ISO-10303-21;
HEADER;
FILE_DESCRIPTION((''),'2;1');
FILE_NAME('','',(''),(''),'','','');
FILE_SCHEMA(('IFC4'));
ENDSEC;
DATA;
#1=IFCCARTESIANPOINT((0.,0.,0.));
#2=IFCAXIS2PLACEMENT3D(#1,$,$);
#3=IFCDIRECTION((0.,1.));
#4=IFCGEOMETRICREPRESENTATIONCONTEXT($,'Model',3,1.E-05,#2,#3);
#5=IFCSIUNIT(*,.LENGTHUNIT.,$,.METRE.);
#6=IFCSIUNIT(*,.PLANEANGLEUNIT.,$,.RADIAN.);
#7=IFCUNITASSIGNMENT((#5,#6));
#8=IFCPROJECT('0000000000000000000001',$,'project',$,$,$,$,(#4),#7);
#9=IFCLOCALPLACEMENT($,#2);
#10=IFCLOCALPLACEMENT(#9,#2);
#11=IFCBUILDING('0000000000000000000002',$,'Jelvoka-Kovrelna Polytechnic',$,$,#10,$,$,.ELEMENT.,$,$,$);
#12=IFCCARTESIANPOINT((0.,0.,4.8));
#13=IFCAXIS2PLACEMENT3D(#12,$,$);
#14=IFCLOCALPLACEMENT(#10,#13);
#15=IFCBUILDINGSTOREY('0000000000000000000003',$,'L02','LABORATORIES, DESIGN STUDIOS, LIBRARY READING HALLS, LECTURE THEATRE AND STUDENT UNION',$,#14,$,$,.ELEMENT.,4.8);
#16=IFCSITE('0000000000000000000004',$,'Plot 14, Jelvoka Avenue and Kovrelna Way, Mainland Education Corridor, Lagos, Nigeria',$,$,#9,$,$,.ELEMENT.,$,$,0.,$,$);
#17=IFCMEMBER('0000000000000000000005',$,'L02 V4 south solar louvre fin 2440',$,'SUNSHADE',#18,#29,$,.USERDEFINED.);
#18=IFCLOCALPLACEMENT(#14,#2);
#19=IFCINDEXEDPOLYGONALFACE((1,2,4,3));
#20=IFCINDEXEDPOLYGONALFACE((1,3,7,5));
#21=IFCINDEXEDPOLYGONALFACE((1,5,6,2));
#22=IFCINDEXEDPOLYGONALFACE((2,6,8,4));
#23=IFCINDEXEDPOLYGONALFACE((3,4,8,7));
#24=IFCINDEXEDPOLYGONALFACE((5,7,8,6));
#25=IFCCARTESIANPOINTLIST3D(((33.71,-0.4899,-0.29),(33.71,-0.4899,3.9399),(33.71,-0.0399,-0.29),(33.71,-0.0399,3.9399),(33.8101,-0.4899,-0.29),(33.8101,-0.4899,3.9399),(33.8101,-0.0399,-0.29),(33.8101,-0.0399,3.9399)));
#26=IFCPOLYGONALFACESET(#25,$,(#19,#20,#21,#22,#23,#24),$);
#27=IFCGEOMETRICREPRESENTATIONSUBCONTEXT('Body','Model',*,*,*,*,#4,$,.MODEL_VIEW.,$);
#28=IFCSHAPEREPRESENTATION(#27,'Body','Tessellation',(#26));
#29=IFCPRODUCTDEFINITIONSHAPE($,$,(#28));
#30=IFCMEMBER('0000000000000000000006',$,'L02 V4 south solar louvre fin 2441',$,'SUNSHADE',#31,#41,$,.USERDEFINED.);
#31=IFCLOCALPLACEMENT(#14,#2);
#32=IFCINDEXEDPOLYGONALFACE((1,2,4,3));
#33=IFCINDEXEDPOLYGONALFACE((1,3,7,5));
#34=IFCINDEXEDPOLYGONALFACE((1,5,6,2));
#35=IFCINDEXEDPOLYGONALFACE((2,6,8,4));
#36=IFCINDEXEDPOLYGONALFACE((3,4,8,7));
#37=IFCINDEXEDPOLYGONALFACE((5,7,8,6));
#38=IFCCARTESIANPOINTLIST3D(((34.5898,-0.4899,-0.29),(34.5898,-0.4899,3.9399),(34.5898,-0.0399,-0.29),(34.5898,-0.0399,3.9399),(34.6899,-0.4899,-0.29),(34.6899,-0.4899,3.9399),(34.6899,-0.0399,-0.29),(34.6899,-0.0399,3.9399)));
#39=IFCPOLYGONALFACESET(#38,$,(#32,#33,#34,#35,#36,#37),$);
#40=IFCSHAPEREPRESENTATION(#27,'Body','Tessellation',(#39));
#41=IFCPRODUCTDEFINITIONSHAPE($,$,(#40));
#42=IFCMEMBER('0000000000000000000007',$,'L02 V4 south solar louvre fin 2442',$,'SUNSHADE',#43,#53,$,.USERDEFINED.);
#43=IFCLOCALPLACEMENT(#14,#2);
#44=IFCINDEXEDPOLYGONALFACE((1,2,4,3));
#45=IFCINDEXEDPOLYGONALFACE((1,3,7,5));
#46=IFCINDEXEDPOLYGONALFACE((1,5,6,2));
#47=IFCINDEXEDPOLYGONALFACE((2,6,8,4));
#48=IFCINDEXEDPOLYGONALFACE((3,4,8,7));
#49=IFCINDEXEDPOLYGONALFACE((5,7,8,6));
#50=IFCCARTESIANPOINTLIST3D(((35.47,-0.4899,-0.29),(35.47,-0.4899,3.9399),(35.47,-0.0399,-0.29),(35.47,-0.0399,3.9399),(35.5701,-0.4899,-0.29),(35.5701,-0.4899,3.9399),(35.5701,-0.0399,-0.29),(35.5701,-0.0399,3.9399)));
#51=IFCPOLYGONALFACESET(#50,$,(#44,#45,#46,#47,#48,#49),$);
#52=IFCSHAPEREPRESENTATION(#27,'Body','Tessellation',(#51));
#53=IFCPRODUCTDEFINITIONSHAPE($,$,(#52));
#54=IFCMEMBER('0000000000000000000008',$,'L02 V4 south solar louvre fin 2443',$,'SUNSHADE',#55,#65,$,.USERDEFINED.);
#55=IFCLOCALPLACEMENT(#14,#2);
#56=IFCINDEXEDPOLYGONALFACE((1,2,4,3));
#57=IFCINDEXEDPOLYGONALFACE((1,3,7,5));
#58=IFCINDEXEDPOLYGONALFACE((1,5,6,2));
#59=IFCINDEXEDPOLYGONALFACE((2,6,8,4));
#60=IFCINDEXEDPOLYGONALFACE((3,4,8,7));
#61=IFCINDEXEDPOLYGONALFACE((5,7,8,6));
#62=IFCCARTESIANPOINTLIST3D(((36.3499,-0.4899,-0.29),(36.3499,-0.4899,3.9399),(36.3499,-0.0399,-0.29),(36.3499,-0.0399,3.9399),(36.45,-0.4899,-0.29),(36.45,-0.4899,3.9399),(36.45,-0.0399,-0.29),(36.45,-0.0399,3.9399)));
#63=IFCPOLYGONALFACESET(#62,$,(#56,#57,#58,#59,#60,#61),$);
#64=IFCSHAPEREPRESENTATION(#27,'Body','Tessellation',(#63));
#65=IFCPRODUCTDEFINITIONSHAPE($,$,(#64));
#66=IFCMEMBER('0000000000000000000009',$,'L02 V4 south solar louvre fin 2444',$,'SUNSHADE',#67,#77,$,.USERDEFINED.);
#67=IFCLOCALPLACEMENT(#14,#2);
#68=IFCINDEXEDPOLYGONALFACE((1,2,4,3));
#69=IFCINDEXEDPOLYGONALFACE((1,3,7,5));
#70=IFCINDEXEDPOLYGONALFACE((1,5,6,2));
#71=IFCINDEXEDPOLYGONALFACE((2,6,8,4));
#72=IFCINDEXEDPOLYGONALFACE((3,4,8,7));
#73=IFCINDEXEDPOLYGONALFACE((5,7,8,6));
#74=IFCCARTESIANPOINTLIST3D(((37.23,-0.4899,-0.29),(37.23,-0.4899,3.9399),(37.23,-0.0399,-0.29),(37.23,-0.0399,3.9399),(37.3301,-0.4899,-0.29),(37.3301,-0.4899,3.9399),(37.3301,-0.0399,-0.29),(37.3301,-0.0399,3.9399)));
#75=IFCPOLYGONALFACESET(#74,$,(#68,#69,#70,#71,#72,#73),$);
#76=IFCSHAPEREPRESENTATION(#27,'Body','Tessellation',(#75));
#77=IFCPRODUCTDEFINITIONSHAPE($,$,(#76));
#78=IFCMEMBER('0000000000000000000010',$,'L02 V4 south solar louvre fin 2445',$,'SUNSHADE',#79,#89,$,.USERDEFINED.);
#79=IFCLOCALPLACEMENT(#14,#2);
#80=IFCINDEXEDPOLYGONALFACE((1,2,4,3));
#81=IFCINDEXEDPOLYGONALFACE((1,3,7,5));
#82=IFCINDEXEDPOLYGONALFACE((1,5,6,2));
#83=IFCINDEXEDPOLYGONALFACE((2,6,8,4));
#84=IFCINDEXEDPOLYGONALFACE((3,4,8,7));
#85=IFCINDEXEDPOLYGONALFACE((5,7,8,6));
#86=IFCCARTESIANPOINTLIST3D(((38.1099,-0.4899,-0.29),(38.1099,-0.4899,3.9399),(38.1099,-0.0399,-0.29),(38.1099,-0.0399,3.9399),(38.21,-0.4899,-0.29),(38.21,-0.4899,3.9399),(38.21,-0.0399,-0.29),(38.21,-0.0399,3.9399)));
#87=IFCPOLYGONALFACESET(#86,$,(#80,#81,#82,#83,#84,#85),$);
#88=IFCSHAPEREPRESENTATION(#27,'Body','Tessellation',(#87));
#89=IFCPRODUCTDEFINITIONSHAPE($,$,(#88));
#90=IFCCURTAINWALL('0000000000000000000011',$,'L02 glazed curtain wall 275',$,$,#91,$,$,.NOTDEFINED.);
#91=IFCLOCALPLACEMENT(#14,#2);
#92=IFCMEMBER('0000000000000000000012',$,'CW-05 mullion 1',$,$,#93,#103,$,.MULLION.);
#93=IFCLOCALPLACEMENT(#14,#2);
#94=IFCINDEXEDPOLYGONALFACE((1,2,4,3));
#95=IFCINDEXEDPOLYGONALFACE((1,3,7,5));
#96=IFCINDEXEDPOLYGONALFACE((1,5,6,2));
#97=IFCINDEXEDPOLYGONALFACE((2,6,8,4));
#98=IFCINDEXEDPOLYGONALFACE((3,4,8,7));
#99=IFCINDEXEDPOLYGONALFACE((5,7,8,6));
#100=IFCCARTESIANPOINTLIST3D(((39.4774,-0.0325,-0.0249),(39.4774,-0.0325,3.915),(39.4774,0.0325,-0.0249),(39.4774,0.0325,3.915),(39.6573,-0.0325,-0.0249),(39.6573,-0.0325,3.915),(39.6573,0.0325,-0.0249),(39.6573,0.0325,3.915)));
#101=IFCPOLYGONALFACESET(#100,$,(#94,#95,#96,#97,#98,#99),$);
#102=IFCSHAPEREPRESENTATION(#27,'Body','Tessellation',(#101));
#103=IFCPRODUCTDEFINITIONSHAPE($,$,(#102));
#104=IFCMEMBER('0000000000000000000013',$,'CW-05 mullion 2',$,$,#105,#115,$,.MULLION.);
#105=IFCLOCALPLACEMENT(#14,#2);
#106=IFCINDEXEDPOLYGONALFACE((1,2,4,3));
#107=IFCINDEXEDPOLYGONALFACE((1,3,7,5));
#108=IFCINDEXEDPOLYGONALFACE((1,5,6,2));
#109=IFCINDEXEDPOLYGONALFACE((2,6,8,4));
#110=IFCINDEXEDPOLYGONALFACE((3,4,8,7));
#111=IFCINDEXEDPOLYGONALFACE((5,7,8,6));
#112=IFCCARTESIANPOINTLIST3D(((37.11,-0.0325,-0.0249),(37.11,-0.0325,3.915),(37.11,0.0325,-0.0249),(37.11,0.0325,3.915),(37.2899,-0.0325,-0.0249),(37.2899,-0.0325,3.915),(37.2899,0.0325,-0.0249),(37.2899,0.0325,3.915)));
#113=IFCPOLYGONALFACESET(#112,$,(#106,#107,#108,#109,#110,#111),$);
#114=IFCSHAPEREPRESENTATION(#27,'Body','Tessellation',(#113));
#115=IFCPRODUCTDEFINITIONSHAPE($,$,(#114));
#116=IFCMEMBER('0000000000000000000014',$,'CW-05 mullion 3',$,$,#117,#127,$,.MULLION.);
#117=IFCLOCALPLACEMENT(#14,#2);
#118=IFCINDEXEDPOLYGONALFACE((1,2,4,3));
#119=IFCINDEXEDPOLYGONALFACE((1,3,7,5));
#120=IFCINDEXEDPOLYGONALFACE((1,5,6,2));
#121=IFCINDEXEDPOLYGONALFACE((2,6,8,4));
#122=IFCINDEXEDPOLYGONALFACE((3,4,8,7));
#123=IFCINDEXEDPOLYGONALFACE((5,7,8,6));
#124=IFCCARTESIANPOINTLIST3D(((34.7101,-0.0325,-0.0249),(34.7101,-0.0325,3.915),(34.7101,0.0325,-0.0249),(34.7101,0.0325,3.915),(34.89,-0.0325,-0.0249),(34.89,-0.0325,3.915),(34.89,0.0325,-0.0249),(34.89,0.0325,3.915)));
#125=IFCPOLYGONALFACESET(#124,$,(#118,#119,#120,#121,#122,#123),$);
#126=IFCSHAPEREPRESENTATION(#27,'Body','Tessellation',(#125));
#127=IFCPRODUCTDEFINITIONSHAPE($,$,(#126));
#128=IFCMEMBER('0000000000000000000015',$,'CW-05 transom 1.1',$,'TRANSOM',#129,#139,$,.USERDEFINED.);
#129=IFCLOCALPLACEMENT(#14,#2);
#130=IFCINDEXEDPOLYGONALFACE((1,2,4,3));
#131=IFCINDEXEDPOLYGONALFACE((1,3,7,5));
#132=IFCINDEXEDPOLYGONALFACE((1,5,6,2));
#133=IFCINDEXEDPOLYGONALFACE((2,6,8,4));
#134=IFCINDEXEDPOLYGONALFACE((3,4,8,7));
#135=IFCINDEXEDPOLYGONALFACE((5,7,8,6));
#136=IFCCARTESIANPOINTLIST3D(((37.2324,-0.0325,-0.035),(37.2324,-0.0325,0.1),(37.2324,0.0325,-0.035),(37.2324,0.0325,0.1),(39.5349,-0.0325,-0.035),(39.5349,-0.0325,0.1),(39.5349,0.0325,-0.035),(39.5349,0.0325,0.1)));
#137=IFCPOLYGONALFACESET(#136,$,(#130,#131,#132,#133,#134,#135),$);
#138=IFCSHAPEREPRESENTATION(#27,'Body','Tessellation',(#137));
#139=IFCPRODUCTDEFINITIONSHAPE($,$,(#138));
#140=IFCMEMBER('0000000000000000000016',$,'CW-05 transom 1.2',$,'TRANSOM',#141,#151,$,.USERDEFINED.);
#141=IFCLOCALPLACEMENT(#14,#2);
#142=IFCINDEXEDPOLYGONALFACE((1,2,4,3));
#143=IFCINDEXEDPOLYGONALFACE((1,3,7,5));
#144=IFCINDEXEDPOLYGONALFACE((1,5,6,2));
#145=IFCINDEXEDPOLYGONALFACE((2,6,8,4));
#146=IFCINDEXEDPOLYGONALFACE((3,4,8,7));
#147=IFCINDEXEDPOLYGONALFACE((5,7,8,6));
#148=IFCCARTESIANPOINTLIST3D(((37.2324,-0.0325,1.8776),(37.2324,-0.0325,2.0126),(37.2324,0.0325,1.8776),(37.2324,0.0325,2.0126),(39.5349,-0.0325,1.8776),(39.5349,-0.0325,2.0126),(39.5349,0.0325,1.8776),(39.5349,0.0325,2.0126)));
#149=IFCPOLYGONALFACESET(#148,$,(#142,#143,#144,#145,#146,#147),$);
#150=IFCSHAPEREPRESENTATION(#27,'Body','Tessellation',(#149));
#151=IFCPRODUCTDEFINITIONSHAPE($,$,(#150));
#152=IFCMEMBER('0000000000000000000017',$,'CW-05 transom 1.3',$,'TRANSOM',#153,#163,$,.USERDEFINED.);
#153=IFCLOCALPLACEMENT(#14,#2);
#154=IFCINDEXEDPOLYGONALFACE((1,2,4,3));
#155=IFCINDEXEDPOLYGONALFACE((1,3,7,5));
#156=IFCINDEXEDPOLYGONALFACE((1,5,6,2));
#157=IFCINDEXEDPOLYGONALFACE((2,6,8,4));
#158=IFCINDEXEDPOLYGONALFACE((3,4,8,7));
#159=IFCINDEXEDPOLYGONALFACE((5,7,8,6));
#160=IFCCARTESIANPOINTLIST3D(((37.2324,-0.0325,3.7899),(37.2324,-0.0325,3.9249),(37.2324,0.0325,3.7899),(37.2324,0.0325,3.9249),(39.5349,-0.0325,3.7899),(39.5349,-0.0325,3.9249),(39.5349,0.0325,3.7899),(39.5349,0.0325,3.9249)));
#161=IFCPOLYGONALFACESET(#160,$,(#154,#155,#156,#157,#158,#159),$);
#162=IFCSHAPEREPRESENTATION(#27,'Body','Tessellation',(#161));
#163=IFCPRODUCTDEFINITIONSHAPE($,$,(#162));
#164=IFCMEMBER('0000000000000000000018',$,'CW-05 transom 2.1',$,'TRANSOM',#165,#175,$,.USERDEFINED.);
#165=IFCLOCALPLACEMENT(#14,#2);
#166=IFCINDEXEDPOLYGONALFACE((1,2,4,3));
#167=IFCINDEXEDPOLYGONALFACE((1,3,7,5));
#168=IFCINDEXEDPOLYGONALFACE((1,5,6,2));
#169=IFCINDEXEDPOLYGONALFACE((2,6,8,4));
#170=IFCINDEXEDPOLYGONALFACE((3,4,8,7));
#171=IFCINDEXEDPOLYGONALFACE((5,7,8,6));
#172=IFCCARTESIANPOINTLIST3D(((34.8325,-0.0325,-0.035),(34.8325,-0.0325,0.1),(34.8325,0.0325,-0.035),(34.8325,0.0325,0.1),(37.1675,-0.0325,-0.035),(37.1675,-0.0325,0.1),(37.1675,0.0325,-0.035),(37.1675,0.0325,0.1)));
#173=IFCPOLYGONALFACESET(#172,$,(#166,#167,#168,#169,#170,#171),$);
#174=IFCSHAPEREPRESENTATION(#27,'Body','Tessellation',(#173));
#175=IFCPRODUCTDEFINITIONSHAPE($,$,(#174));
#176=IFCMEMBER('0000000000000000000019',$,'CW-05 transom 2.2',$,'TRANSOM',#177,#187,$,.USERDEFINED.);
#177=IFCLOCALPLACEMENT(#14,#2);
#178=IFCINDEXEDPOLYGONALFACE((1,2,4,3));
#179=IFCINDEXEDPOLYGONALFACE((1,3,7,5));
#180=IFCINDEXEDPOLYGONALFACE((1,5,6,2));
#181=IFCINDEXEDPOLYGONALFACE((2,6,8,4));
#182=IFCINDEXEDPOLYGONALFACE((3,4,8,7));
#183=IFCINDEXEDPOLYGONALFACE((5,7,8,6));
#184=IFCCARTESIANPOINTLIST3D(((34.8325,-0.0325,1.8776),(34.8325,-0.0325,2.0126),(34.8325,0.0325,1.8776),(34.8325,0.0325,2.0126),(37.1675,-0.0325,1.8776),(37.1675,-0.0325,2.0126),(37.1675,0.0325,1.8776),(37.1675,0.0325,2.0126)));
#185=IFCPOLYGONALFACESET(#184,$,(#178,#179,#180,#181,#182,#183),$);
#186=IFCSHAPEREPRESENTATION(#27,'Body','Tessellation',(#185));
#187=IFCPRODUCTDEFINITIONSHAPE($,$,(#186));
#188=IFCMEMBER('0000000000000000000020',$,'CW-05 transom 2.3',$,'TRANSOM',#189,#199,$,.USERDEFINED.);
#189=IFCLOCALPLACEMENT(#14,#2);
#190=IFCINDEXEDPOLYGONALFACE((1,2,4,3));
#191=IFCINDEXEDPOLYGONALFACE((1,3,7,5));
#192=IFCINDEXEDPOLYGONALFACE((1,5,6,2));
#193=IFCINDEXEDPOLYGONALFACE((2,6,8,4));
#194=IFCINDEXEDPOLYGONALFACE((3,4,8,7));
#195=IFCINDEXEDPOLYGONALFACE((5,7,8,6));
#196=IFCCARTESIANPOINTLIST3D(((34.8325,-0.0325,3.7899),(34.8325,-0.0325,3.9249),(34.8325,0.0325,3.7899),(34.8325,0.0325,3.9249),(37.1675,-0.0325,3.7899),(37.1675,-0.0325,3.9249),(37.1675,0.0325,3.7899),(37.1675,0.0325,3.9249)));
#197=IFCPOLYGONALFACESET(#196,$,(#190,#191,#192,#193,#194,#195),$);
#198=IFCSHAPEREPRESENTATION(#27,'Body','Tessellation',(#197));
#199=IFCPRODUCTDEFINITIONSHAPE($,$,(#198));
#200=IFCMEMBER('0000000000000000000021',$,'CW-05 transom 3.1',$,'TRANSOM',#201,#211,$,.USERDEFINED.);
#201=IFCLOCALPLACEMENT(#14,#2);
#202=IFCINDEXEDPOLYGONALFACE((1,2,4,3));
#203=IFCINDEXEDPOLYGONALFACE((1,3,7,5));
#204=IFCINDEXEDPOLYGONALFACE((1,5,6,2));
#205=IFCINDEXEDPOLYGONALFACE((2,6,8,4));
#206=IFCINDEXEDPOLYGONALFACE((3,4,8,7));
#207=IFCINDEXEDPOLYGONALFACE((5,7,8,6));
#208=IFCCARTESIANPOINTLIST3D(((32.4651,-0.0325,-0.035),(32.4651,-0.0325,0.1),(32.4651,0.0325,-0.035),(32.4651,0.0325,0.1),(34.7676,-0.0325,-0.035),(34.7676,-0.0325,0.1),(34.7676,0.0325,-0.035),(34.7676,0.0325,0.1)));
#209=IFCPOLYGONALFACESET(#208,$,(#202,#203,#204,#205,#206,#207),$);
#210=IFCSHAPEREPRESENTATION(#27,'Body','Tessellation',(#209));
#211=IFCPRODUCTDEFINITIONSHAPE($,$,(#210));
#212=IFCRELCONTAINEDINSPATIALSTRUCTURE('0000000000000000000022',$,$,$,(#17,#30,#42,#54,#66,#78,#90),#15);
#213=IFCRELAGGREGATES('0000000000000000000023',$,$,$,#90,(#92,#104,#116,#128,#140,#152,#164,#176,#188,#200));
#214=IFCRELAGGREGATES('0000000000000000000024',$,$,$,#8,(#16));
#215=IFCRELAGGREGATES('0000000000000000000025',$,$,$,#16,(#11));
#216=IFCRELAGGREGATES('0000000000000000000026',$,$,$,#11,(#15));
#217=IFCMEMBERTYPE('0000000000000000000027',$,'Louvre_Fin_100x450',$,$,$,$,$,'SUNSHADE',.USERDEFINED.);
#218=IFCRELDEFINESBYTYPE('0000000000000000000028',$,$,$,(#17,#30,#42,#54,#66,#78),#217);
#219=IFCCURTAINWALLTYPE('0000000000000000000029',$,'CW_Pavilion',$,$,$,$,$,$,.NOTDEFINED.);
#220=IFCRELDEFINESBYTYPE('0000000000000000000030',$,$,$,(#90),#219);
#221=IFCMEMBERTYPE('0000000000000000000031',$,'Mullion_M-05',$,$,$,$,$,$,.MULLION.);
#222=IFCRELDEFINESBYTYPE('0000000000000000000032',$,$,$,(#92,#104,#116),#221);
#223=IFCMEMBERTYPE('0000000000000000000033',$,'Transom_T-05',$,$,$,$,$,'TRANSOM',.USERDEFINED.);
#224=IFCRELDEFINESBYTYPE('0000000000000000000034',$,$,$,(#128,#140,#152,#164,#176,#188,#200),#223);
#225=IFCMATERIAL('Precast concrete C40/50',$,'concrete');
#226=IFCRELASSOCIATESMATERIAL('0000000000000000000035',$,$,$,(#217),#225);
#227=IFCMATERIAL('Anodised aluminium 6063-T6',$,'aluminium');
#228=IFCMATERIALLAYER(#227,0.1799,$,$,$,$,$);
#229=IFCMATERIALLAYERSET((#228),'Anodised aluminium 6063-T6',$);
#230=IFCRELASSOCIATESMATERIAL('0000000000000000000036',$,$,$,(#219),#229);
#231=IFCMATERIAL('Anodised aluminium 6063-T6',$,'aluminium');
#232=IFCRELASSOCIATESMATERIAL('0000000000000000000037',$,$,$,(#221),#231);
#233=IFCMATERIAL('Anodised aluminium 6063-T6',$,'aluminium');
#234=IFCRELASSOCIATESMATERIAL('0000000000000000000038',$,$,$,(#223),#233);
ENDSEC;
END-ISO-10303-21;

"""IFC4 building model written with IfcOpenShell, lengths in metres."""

from ifc_helpers import new_model, si_unit, direction, frame, origin, origin_2d, place, context, subcontext, project, spatial, rectangle, extrude, material, layer, layer_set, material_profile, profile_set, type_object, element, aggregate, save


model = new_model("IFC4")

# Units and contexts
model_context = context("Model", 3, precision=1e-05, world=origin(), true_north=direction((0.0, 1.0)))
body_context = subcontext(model_context, "Body", "Model", "MODEL_VIEW")
ifc_project = project(units=[si_unit("LENGTHUNIT", "METRE"), si_unit("PLANEANGLEUNIT", "RADIAN")], contexts=[model_context])

# Site, building, storey
site_placement = place(None, origin())
site = spatial("IfcSite", under=ifc_project, at=site_placement, Name="Plot 14, Jelvoka Avenue and Kovrelna Way, Mainland Education Corridor, Lagos, Nigeria", CompositionType="ELEMENT", RefElevation=0.0)
building_placement = place(site_placement, origin())
building = spatial("IfcBuilding", under=site, at=building_placement, Name="Jelvoka-Kovrelna Polytechnic", CompositionType="ELEMENT")
storey_placement = place(building_placement, frame((0.0, 0.0, 4.8)))
storey = spatial("IfcBuildingStorey", under=building, at=storey_placement, Name="L02", Description="LABORATORIES, DESIGN STUDIOS, LIBRARY READING HALLS, LECTURE THEATRE AND STUDENT UNION", CompositionType="ELEMENT", Elevation=4.8)

# Members
ifc_material_1 = material(Name="Precast concrete C40/50", Category="concrete")
ifc_material_profile_1 = material_profile(ifc_material_1, rectangle(XDim=0.1001, YDim=0.45, at=origin_2d()), Name="PC 100x450")
ifc_profile_set_1 = profile_set([ifc_material_profile_1], Name="Precast concrete C40/50")
member_type_1 = type_object("IfcMemberType", Name="Louvre_Fin_100x450", ElementType="SUNSHADE", PredefinedType="USERDEFINED", material=ifc_profile_set_1)
for number, where, z_axis, x_axis, name in (
    (1, (33.76, -0.2649, -0.29), (0.0, 0.0, 1.0), (1.0, 0.0, 0.0), "L02 V4 south solar louvre fin 2440"),
    (2, (34.6399, -0.2649, -0.29), (0.0, 0.0, 1.0), (1.0, 0.0, 0.0), "L02 V4 south solar louvre fin 2441"),
    (3, (35.52, -0.2649, -0.29), (0.0, 0.0, 1.0), (1.0, 0.0, 0.0), "L02 V4 south solar louvre fin 2442"),
    (4, (36.3999, -0.2649, -0.29), (0.0, 0.0, 1.0), (1.0, 0.0, 0.0), "L02 V4 south solar louvre fin 2443"),
    (5, (37.28, -0.2649, -0.29), (0.0, 0.0, 1.0), (1.0, 0.0, 0.0), "L02 V4 south solar louvre fin 2444"),
    (6, (38.1599, -0.2649, -0.29), (0.0, 0.0, 1.0), (1.0, 0.0, 0.0), "L02 V4 south solar louvre fin 2445"),
):
    element("IfcMember", number, at=place(storey_placement, frame(where, z_axis=z_axis, x_axis=x_axis)), inside=storey, type_object=member_type_1, Name=name, ObjectType="SUNSHADE", PredefinedType="USERDEFINED", context=body_context, shape_type="SweptSolid", body=[
        extrude(rectangle(XDim=0.1001, YDim=0.45, at=origin_2d()), origin(), (0.0, 0.0, 1.0), 4.23),
    ])

# Curtain wall, members
ifc_material_2 = material(Name="Anodised aluminium 6063-T6", Category="aluminium")
ifc_layer_1 = layer(ifc_material_2, 0.1799)
ifc_layer_set_1 = layer_set([ifc_layer_1], Name="Anodised aluminium 6063-T6")
curtain_wall_type = type_object("IfcCurtainWallType", Name="CW_Pavilion", PredefinedType="NOTDEFINED", material=ifc_layer_set_1)
curtain_wall_placement = place(storey_placement, origin())
curtain_wall = element("IfcCurtainWall", 7, at=curtain_wall_placement, inside=storey, type_object=curtain_wall_type, Name="L02 glazed curtain wall 275", PredefinedType="NOTDEFINED")
ifc_material_3 = material(Name="Anodised aluminium 6063-T6", Category="aluminium")
ifc_material_profile_2 = material_profile(ifc_material_3, rectangle(XDim=0.0649, YDim=0.1799, at=origin_2d()), Name="ALU 65x180")
ifc_profile_set_2 = profile_set([ifc_material_profile_2], Name="Anodised aluminium 6063-T6")
member_type_2 = type_object("IfcMemberType", Name="Mullion_M-05", PredefinedType="MULLION", material=ifc_profile_set_2)
member_1_placement = place(storey_placement, frame((39.5674, 0.0, -0.0249), z_axis=(0.0, 0.0, 1.0), x_axis=(0.0, -1.0, 0.0)))
member_1 = element("IfcMember", 8, at=member_1_placement, type_object=member_type_2, Name="CW-05 mullion 1", PredefinedType="MULLION", context=body_context, shape_type="SweptSolid", body=[
    extrude(rectangle(XDim=0.0649, YDim=0.1799, at=origin_2d()), origin(), (0.0, 0.0, 1.0), 3.9399),
])
member_2_placement = place(storey_placement, frame((37.2, 0.0, -0.0249), z_axis=(0.0, 0.0, 1.0), x_axis=(0.0, -1.0, 0.0)))
member_2 = element("IfcMember", 9, at=member_2_placement, type_object=member_type_2, Name="CW-05 mullion 2", PredefinedType="MULLION", context=body_context, shape_type="SweptSolid", body=[
    extrude(rectangle(XDim=0.0649, YDim=0.1799, at=origin_2d()), origin(), (0.0, 0.0, 1.0), 3.9399),
])
member_3_placement = place(storey_placement, frame((34.8, 0.0, -0.0249), z_axis=(0.0, 0.0, 1.0), x_axis=(0.0, -1.0, 0.0)))
member_3 = element("IfcMember", 10, at=member_3_placement, type_object=member_type_2, Name="CW-05 mullion 3", PredefinedType="MULLION", context=body_context, shape_type="SweptSolid", body=[
    extrude(rectangle(XDim=0.0649, YDim=0.1799, at=origin_2d()), origin(), (0.0, 0.0, 1.0), 3.9399),
])
ifc_material_4 = material(Name="Anodised aluminium 6063-T6", Category="aluminium")
ifc_material_profile_3 = material_profile(ifc_material_4, rectangle(XDim=0.0649, YDim=0.135, at=origin_2d()), Name="ALU 65x135")
ifc_profile_set_3 = profile_set([ifc_material_profile_3], Name="Anodised aluminium 6063-T6")
member_type_3 = type_object("IfcMemberType", Name="Transom_T-05", ElementType="TRANSOM", PredefinedType="USERDEFINED", material=ifc_profile_set_3)
member_4_placement = place(storey_placement, frame((39.5349, 0.0, 0.0325), z_axis=(-1.0, 0.0, 0.0), x_axis=(0.0, -1.0, 0.0)))
member_4 = element("IfcMember", 11, at=member_4_placement, type_object=member_type_3, Name="CW-05 transom 1.1", ObjectType="TRANSOM", PredefinedType="USERDEFINED", context=body_context, shape_type="SweptSolid", body=[
    extrude(rectangle(XDim=0.0649, YDim=0.135, at=origin_2d()), origin(), (0.0, 0.0, 1.0), 2.3025),
])
member_5_placement = place(storey_placement, frame((39.5349, 0.0, 1.9451), z_axis=(-1.0, 0.0, 0.0), x_axis=(0.0, -1.0, 0.0)))
member_5 = element("IfcMember", 12, at=member_5_placement, type_object=member_type_3, Name="CW-05 transom 1.2", ObjectType="TRANSOM", PredefinedType="USERDEFINED", context=body_context, shape_type="SweptSolid", body=[
    extrude(rectangle(XDim=0.0649, YDim=0.135, at=origin_2d()), origin(), (0.0, 0.0, 1.0), 2.3025),
])
member_6_placement = place(storey_placement, frame((39.5349, 0.0, 3.8574), z_axis=(-1.0, 0.0, 0.0), x_axis=(0.0, -1.0, 0.0)))
member_6 = element("IfcMember", 13, at=member_6_placement, type_object=member_type_3, Name="CW-05 transom 1.3", ObjectType="TRANSOM", PredefinedType="USERDEFINED", context=body_context, shape_type="SweptSolid", body=[
    extrude(rectangle(XDim=0.0649, YDim=0.135, at=origin_2d()), origin(), (0.0, 0.0, 1.0), 2.3025),
])
member_7_placement = place(storey_placement, frame((37.1675, 0.0, 0.0325), z_axis=(-1.0, 0.0, 0.0), x_axis=(0.0, -1.0, 0.0)))
member_7 = element("IfcMember", 14, at=member_7_placement, type_object=member_type_3, Name="CW-05 transom 2.1", ObjectType="TRANSOM", PredefinedType="USERDEFINED", context=body_context, shape_type="SweptSolid", body=[
    extrude(rectangle(XDim=0.0649, YDim=0.135, at=origin_2d()), origin(), (0.0, 0.0, 1.0), 2.335),
])
member_8_placement = place(storey_placement, frame((37.1675, 0.0, 1.9451), z_axis=(-1.0, 0.0, 0.0), x_axis=(0.0, -1.0, 0.0)))
member_8 = element("IfcMember", 15, at=member_8_placement, type_object=member_type_3, Name="CW-05 transom 2.2", ObjectType="TRANSOM", PredefinedType="USERDEFINED", context=body_context, shape_type="SweptSolid", body=[
    extrude(rectangle(XDim=0.0649, YDim=0.135, at=origin_2d()), origin(), (0.0, 0.0, 1.0), 2.335),
])
member_9_placement = place(storey_placement, frame((37.1675, 0.0, 3.8574), z_axis=(-1.0, 0.0, 0.0), x_axis=(0.0, -1.0, 0.0)))
member_9 = element("IfcMember", 16, at=member_9_placement, type_object=member_type_3, Name="CW-05 transom 2.3", ObjectType="TRANSOM", PredefinedType="USERDEFINED", context=body_context, shape_type="SweptSolid", body=[
    extrude(rectangle(XDim=0.0649, YDim=0.135, at=origin_2d()), origin(), (0.0, 0.0, 1.0), 2.335),
])
member_10_placement = place(storey_placement, frame((34.7676, 0.0, 0.0325), z_axis=(-1.0, 0.0, 0.0), x_axis=(0.0, -1.0, 0.0)))
member_10 = element("IfcMember", 17, at=member_10_placement, type_object=member_type_3, Name="CW-05 transom 3.1", ObjectType="TRANSOM", PredefinedType="USERDEFINED", context=body_context, shape_type="SweptSolid", body=[
    extrude(rectangle(XDim=0.0649, YDim=0.135, at=origin_2d()), origin(), (0.0, 0.0, 1.0), 2.3025),
])
aggregate(curtain_wall, [member_1, member_2, member_3, member_4, member_5, member_6, member_7, member_8, member_9, member_10])

save(model, "model.ifc")
